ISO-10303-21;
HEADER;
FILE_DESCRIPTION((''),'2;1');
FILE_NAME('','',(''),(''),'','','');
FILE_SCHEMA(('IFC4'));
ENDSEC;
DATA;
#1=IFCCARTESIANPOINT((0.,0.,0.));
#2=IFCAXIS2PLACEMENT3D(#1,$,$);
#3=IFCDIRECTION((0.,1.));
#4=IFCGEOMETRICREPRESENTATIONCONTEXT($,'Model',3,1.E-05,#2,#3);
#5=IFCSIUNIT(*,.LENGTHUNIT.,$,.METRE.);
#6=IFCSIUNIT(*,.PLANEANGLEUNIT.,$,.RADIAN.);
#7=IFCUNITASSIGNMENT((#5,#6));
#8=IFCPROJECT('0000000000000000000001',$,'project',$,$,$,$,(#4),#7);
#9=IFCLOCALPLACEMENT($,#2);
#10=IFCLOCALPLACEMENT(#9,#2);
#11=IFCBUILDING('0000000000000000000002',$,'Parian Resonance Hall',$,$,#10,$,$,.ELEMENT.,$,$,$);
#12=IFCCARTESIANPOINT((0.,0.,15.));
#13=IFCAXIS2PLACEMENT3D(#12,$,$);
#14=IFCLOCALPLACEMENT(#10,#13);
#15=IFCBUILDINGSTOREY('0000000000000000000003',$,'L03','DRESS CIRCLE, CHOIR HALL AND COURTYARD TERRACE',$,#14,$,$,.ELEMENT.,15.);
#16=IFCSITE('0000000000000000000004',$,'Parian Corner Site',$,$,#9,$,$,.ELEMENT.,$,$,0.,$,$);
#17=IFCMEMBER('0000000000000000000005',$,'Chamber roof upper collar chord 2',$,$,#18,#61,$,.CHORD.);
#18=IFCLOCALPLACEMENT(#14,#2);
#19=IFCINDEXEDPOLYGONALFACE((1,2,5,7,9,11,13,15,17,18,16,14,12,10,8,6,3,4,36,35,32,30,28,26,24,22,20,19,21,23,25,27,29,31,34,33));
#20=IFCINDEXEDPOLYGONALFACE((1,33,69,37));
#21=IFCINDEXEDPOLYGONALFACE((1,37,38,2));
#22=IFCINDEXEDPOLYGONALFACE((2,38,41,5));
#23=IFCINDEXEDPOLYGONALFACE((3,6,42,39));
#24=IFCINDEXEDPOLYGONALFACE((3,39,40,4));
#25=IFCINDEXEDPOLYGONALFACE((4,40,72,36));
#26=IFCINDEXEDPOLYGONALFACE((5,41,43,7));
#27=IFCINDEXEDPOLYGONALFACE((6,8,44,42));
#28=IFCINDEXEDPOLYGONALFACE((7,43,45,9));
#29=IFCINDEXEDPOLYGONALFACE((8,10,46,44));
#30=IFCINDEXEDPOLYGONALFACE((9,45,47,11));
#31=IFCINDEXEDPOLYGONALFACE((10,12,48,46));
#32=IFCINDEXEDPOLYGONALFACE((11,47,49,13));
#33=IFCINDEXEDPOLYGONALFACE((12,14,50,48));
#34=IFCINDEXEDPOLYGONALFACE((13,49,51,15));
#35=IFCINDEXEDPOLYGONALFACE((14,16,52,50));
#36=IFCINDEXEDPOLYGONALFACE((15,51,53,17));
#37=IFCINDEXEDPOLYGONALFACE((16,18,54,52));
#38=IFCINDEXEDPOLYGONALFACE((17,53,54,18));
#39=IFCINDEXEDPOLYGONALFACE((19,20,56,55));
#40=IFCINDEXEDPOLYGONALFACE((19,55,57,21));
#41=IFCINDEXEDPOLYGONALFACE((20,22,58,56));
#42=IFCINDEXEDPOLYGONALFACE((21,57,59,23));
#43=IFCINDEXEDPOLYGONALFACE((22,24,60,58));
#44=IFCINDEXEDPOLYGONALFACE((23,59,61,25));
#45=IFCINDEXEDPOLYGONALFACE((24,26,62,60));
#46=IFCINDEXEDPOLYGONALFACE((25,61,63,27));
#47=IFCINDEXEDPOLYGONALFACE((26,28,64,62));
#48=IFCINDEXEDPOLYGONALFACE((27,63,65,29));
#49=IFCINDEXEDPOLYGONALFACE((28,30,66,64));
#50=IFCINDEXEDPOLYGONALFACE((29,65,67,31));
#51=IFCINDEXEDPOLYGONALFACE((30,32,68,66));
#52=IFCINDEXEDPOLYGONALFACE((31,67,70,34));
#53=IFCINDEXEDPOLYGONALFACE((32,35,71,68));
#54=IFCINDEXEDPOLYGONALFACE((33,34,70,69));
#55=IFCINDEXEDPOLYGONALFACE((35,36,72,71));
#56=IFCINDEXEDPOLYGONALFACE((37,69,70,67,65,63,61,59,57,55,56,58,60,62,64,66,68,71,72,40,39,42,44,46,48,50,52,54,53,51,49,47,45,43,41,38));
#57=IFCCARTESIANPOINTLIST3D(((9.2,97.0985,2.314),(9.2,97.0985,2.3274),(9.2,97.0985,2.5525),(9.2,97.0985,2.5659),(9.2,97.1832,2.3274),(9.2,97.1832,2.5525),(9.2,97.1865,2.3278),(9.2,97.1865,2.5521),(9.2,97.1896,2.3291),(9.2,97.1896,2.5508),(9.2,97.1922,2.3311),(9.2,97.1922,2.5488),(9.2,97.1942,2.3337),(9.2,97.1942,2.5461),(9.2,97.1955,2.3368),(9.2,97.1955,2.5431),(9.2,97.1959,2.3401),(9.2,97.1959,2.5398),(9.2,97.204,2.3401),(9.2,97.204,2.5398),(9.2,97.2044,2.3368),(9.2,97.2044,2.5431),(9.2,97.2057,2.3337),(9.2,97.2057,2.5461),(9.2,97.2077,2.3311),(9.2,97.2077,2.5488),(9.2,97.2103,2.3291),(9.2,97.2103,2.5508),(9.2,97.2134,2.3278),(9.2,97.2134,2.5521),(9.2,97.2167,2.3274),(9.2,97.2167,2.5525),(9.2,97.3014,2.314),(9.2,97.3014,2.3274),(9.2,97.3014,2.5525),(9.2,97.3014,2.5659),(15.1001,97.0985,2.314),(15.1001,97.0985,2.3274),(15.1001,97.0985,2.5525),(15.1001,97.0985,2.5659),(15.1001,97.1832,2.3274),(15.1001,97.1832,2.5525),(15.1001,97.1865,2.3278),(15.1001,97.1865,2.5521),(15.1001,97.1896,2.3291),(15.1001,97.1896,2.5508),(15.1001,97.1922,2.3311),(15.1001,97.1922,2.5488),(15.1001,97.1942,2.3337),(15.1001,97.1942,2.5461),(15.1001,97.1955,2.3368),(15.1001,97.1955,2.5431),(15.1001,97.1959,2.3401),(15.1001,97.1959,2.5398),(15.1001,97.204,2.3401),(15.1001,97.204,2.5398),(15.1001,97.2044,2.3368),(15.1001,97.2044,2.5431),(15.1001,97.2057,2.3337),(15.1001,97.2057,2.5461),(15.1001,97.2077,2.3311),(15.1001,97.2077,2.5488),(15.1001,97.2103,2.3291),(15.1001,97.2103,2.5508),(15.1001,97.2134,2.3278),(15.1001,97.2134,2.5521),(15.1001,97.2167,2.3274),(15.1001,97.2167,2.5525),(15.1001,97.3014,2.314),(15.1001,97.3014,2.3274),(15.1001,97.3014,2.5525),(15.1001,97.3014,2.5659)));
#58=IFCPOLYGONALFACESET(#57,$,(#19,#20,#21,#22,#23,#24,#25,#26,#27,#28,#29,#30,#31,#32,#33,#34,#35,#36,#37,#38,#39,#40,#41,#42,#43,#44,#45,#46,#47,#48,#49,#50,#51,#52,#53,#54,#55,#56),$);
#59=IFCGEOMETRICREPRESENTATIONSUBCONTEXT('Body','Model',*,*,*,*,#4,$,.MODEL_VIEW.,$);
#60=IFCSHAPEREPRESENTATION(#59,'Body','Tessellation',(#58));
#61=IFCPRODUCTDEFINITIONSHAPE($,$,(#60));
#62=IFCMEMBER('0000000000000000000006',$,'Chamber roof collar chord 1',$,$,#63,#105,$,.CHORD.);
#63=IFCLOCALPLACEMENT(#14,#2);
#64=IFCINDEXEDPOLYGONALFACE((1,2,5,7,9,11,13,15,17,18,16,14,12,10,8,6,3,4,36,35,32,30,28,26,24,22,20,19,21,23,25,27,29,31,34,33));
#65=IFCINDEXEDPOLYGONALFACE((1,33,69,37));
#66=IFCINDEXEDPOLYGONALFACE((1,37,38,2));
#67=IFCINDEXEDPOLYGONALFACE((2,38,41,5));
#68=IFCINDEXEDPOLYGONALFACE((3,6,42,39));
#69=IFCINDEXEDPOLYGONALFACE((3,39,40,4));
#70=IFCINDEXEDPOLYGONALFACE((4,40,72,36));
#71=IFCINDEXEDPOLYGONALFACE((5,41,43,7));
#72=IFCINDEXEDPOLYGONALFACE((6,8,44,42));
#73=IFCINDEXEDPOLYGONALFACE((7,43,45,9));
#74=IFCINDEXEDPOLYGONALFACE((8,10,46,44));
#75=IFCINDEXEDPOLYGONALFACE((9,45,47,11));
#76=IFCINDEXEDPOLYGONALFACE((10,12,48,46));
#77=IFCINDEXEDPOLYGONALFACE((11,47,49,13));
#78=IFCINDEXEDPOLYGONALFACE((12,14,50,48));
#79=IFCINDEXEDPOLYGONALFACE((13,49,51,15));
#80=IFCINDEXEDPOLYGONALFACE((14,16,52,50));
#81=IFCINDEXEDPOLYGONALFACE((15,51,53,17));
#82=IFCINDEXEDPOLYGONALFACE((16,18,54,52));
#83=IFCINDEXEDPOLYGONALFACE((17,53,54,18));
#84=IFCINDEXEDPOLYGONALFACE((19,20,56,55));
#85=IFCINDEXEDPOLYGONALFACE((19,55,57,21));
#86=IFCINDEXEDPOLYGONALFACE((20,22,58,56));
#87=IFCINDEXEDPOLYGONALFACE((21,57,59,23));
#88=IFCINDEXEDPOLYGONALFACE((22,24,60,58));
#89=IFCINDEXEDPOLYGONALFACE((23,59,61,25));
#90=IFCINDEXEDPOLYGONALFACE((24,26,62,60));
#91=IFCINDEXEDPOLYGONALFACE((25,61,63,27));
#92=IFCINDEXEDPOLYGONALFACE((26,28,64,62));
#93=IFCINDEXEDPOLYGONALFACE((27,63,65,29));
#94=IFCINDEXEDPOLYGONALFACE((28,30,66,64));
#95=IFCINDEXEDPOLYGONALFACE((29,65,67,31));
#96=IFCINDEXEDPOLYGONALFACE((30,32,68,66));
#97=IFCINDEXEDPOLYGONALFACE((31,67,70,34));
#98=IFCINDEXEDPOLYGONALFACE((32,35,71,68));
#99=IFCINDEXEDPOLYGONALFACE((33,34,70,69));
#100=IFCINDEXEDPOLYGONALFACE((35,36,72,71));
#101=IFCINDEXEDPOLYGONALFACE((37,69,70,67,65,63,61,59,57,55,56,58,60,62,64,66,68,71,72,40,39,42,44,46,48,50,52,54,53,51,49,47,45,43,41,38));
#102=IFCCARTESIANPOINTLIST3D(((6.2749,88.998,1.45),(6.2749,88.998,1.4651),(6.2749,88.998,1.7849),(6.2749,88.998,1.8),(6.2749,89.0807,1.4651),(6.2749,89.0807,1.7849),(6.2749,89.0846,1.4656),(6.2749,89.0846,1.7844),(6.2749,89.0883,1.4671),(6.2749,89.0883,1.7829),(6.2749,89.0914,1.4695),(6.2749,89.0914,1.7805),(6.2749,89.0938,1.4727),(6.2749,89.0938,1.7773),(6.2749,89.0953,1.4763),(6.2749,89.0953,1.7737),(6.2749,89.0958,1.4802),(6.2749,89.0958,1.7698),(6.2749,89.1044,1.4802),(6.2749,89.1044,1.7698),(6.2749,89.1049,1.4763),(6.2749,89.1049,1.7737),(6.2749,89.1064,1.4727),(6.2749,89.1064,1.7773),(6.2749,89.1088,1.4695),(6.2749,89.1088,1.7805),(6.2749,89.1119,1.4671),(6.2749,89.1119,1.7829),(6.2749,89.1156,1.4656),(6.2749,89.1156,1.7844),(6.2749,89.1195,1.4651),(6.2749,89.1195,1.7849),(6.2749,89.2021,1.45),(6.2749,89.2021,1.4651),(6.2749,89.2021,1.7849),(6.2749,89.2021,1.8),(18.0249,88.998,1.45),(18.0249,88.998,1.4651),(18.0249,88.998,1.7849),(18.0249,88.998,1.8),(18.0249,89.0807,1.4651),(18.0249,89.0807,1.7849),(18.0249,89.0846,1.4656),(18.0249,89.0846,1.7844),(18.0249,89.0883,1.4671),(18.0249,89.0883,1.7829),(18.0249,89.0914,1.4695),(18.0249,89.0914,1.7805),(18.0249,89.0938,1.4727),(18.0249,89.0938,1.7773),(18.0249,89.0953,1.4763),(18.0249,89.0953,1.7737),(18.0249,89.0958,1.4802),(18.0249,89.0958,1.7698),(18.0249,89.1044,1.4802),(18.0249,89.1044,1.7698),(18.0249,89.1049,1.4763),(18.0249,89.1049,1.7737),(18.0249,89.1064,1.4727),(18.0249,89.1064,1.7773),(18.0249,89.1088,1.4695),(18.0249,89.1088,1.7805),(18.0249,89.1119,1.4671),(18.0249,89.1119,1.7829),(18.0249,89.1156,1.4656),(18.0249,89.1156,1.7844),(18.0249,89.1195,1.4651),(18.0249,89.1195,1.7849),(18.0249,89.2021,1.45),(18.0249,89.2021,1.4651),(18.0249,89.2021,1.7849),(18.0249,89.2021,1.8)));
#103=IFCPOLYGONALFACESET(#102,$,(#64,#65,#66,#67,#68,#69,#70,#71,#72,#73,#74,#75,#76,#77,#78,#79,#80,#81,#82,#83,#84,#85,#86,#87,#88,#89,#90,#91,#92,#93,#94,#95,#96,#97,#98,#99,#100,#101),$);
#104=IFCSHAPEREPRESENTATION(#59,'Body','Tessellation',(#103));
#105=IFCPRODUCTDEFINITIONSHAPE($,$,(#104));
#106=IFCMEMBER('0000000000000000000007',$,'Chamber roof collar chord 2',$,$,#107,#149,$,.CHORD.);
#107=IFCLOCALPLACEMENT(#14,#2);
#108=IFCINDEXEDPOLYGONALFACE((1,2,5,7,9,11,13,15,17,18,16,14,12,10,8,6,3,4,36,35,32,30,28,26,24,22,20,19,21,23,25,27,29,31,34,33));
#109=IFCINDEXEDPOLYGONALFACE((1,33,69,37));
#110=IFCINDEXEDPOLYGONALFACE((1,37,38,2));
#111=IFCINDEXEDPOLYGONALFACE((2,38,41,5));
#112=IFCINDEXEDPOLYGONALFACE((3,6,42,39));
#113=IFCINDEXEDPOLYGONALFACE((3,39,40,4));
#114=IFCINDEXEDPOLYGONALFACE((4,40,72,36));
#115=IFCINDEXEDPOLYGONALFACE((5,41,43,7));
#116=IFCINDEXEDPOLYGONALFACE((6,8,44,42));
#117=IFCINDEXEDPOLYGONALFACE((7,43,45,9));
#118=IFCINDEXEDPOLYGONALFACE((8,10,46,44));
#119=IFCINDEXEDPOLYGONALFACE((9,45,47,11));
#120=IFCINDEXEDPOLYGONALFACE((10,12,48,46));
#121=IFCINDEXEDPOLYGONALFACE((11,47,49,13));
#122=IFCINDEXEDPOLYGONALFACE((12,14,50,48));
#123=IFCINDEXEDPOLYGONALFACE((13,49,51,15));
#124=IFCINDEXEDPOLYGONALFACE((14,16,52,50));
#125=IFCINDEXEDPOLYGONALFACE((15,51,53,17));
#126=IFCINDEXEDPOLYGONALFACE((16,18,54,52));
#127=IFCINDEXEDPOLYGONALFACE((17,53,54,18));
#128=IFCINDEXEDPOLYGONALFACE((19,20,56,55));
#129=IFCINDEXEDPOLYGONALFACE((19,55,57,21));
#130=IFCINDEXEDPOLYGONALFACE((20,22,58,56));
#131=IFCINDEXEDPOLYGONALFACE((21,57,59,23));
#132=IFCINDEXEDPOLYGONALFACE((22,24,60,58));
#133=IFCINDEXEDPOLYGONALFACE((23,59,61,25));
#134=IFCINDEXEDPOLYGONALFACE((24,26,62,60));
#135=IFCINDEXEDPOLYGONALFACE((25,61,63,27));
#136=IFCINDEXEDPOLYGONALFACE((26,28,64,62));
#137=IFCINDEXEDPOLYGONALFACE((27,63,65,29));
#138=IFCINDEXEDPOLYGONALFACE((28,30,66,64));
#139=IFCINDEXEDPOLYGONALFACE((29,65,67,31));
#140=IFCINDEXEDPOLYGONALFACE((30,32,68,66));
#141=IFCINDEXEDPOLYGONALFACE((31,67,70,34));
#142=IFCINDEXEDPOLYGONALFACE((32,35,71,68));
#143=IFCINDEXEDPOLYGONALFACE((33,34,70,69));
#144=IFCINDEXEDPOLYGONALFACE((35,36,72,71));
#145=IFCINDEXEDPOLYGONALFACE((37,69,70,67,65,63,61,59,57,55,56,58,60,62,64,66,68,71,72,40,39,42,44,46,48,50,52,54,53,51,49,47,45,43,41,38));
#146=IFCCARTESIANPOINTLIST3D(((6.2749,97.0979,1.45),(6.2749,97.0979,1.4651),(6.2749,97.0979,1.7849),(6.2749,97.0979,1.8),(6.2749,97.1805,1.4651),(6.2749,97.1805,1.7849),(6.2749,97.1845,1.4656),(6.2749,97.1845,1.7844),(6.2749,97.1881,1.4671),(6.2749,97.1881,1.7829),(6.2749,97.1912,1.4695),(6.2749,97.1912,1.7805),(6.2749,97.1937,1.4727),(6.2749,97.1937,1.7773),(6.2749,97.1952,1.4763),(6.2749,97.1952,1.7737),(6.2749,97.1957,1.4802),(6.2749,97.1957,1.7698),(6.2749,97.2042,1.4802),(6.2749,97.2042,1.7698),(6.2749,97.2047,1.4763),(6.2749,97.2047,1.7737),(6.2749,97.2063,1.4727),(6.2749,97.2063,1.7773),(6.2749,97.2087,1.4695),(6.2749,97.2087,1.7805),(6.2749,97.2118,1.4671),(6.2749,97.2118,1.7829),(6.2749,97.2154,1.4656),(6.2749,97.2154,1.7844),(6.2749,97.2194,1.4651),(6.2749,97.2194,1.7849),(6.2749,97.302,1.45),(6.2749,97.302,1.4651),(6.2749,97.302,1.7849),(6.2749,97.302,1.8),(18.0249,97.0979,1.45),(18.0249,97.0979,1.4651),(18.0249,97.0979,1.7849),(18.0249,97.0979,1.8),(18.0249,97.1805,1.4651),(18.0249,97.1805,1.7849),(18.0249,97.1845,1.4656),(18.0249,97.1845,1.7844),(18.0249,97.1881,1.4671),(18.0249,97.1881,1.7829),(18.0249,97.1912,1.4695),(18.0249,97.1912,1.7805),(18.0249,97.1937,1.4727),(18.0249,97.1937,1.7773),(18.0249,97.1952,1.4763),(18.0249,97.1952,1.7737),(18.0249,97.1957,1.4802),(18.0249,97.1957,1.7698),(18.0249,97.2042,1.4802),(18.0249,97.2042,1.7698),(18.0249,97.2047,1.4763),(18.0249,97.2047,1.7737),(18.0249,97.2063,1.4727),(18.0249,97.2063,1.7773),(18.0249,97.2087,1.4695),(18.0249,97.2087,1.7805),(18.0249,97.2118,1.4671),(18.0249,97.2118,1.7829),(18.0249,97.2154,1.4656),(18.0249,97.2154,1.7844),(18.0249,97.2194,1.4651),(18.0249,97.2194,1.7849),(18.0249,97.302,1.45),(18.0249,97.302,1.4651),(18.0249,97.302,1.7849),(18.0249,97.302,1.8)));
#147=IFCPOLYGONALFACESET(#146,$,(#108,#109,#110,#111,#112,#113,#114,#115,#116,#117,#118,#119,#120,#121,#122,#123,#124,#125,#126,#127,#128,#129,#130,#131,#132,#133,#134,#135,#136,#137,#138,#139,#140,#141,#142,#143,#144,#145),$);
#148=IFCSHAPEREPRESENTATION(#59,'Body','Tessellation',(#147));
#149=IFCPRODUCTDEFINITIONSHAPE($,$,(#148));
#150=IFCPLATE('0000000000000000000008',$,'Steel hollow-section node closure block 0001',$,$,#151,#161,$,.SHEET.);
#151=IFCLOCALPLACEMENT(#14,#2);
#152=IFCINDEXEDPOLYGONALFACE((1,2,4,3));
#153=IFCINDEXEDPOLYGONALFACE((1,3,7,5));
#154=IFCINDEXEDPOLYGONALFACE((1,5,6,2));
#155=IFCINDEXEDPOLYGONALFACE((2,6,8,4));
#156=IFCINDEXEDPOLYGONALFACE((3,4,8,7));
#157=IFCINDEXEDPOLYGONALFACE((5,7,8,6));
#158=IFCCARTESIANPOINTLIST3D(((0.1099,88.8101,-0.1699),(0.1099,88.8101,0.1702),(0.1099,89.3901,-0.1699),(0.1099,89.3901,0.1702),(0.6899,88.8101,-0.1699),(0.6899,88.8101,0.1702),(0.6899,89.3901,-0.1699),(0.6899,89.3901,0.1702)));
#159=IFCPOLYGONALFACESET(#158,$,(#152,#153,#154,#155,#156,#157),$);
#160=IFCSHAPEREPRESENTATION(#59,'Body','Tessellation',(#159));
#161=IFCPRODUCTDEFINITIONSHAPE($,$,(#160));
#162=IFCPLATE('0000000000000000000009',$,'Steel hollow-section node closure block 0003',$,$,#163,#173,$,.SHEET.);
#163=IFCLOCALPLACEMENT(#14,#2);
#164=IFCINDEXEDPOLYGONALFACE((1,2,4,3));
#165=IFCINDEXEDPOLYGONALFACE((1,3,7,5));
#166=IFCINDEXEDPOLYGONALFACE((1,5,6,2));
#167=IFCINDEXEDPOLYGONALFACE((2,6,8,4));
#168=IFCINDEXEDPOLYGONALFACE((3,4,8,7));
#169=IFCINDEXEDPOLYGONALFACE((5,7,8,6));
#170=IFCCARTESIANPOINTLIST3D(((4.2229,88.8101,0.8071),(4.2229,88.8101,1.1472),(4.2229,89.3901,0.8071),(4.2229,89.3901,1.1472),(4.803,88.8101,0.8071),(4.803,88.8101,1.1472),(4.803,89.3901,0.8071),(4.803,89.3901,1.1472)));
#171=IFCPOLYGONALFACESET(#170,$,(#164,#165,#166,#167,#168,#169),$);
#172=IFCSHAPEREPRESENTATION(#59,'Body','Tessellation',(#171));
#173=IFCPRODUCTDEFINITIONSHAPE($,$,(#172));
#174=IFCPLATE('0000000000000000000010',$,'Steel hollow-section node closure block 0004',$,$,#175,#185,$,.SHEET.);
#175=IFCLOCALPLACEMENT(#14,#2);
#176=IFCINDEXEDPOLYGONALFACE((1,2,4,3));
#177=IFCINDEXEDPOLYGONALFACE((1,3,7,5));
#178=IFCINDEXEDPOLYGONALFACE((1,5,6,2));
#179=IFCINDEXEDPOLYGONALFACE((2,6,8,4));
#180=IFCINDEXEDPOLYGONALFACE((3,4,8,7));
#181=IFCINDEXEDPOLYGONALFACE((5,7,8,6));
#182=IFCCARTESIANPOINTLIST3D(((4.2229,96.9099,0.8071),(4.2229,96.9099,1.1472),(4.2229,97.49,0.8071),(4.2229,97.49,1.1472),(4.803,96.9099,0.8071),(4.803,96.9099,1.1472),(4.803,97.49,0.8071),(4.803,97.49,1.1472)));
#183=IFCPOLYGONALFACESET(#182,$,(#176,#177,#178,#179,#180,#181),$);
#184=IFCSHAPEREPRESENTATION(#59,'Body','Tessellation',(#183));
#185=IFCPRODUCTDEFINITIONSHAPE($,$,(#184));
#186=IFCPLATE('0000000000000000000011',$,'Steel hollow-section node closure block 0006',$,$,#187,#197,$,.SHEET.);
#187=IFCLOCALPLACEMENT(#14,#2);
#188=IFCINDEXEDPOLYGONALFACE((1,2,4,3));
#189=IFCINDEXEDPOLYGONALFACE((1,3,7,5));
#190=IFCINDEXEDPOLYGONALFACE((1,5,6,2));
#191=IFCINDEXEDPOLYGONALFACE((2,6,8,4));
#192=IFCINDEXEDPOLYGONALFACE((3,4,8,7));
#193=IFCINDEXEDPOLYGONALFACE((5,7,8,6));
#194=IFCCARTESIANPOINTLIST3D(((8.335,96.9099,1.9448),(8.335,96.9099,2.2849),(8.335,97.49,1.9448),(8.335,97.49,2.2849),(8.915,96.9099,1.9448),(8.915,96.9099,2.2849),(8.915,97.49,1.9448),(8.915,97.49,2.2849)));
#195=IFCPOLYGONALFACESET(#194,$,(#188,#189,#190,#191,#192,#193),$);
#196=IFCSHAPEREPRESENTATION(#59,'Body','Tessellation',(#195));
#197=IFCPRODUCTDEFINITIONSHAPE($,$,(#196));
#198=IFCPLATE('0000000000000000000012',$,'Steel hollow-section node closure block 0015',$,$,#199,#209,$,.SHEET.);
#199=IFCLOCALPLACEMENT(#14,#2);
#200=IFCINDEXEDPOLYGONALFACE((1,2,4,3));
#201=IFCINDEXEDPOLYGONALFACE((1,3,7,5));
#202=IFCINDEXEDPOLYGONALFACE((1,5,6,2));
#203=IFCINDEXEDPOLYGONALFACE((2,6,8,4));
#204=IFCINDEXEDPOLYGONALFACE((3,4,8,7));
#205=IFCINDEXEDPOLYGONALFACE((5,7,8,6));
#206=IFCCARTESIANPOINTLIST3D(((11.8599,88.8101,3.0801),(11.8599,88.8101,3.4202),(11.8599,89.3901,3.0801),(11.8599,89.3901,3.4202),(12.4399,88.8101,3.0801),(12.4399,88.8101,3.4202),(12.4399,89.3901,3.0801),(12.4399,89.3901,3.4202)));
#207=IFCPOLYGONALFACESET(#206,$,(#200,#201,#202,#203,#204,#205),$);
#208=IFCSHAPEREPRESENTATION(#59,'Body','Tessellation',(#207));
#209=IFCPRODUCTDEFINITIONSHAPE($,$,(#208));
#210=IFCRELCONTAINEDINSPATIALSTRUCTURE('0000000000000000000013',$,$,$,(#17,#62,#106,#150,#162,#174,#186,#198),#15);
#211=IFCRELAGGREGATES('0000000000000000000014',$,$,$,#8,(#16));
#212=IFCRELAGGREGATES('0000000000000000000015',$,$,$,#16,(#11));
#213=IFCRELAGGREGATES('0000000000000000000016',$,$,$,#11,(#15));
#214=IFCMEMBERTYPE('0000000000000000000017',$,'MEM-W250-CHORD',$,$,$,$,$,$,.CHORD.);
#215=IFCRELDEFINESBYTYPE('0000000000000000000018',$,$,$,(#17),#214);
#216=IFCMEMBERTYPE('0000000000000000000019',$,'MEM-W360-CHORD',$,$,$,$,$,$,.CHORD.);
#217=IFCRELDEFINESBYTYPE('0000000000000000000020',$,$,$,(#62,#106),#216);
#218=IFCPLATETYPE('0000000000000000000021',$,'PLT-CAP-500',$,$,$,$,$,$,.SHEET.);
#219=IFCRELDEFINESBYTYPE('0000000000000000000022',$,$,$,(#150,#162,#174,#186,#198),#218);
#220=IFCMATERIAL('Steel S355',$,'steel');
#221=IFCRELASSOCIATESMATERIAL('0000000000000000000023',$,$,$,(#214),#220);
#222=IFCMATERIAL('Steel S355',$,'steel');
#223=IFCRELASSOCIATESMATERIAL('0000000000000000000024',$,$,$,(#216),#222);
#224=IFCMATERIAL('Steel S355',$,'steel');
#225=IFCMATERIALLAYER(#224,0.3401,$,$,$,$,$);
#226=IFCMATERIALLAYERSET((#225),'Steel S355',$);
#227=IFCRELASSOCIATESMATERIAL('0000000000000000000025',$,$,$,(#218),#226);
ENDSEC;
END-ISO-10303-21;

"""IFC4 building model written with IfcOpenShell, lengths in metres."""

from ifc_helpers import new_model, si_unit, direction, frame, origin, origin_2d, place, context, subcontext, project, spatial, rectangle, i_section, extrude, material, layer, layer_set, material_profile, profile_set, type_object, element, save


model = new_model("IFC4")

# Units and contexts
model_context = context("Model", 3, precision=1e-05, world=origin(), true_north=direction((0.0, 1.0)))
body_context = subcontext(model_context, "Body", "Model", "MODEL_VIEW")
ifc_project = project(units=[si_unit("LENGTHUNIT", "METRE"), si_unit("PLANEANGLEUNIT", "RADIAN")], contexts=[model_context])

# Site, building, storey
site_placement = place(None, origin())
site = spatial("IfcSite", under=ifc_project, at=site_placement, Name="Parian Corner Site", CompositionType="ELEMENT", RefElevation=0.0)
building_placement = place(site_placement, origin())
building = spatial("IfcBuilding", under=site, at=building_placement, Name="Parian Resonance Hall", CompositionType="ELEMENT")
storey_placement = place(building_placement, frame((0.0, 0.0, 15.0)))
storey = spatial("IfcBuildingStorey", under=building, at=storey_placement, Name="L03", Description="DRESS CIRCLE, CHOIR HALL AND COURTYARD TERRACE", CompositionType="ELEMENT", Elevation=15.0)

# Members
ifc_material_1 = material(Name="Steel S355", Category="steel")
ifc_material_profile_1 = material_profile(ifc_material_1, i_section(OverallWidth=0.2029, OverallDepth=0.252, WebThickness=0.0081, FlangeThickness=0.0134, FilletRadius=0.0127, at=origin_2d()), Name="W250x58")
ifc_profile_set_1 = profile_set([ifc_material_profile_1], Name="Steel S355")
member_type_1 = type_object("IfcMemberType", Name="MEM-W250-CHORD", PredefinedType="CHORD", material=ifc_profile_set_1)
for number, where, z_axis, x_axis, name in (
    (1, (9.2, 97.2, 2.4399), (1.0, 0.0, 0.0), (0.0, 1.0, 0.0), "Chamber roof upper collar chord 2"),
):
    element("IfcMember", number, at=place(storey_placement, frame(where, z_axis=z_axis, x_axis=x_axis)), inside=storey, type_object=member_type_1, Name=name, PredefinedType="CHORD", context=body_context, shape_type="SweptSolid", body=[
        extrude(i_section(OverallWidth=0.2029, OverallDepth=0.252, WebThickness=0.0081, FlangeThickness=0.0134, FilletRadius=0.0127, at=origin_2d()), origin(), (0.0, 0.0, 1.0), 5.9001),
    ])
ifc_material_2 = material(Name="Steel S355", Category="steel")
ifc_material_profile_2 = material_profile(ifc_material_2, i_section(OverallWidth=0.2041, OverallDepth=0.3501, WebThickness=0.0085, FlangeThickness=0.0151, FilletRadius=0.0151, at=origin_2d()), Name="W360x72")
ifc_profile_set_2 = profile_set([ifc_material_profile_2], Name="Steel S355")
member_type_2 = type_object("IfcMemberType", Name="MEM-W360-CHORD", PredefinedType="CHORD", material=ifc_profile_set_2)
for number, where, z_axis, x_axis, name in (
    (2, (6.2749, 89.1001, 1.625), (1.0, 0.0, 0.0), (0.0, 1.0, 0.0), "Chamber roof collar chord 1"),
    (3, (6.2749, 97.2, 1.625), (1.0, 0.0, 0.0), (0.0, 1.0, 0.0), "Chamber roof collar chord 2"),
):
    element("IfcMember", number, at=place(storey_placement, frame(where, z_axis=z_axis, x_axis=x_axis)), inside=storey, type_object=member_type_2, Name=name, PredefinedType="CHORD", context=body_context, shape_type="SweptSolid", body=[
        extrude(i_section(OverallWidth=0.2041, OverallDepth=0.3501, WebThickness=0.0085, FlangeThickness=0.0151, FilletRadius=0.0151, at=origin_2d()), origin(), (0.0, 0.0, 1.0), 11.75),
    ])

# Plates
ifc_material_3 = material(Name="Steel S355", Category="steel")
ifc_layer_1 = layer(ifc_material_3, 0.3401)
ifc_layer_set_1 = layer_set([ifc_layer_1], Name="Steel S355")
plate_type_1 = type_object("IfcPlateType", Name="PLT-CAP-500", PredefinedType="SHEET", material=ifc_layer_set_1)
for number, where, z_axis, x_axis, name in (
    (4, (0.3999, 89.1001, -0.1699), (0.0, 0.0, 1.0), (1.0, 0.0, 0.0), "Steel hollow-section node closure block 0001"),
    (5, (4.5129, 89.1001, 0.8071), (0.0, 0.0, 1.0), (1.0, 0.0, 0.0), "Steel hollow-section node closure block 0003"),
    (6, (4.5129, 97.2, 0.8071), (0.0, 0.0, 1.0), (1.0, 0.0, 0.0), "Steel hollow-section node closure block 0004"),
    (7, (8.625, 97.2, 1.9448), (0.0, 0.0, 1.0), (1.0, 0.0, 0.0), "Steel hollow-section node closure block 0006"),
    (8, (12.1499, 89.1001, 3.0801), (0.0, 0.0, 1.0), (1.0, 0.0, 0.0), "Steel hollow-section node closure block 0015"),
):
    element("IfcPlate", number, at=place(storey_placement, frame(where, z_axis=z_axis, x_axis=x_axis)), inside=storey, type_object=plate_type_1, Name=name, PredefinedType="SHEET", context=body_context, shape_type="SweptSolid", body=[
        extrude(rectangle(XDim=0.5801, YDim=0.5801, at=origin_2d()), origin(), (0.0, 0.0, 1.0), 0.3401),
    ])

save(model, "model.ifc")
